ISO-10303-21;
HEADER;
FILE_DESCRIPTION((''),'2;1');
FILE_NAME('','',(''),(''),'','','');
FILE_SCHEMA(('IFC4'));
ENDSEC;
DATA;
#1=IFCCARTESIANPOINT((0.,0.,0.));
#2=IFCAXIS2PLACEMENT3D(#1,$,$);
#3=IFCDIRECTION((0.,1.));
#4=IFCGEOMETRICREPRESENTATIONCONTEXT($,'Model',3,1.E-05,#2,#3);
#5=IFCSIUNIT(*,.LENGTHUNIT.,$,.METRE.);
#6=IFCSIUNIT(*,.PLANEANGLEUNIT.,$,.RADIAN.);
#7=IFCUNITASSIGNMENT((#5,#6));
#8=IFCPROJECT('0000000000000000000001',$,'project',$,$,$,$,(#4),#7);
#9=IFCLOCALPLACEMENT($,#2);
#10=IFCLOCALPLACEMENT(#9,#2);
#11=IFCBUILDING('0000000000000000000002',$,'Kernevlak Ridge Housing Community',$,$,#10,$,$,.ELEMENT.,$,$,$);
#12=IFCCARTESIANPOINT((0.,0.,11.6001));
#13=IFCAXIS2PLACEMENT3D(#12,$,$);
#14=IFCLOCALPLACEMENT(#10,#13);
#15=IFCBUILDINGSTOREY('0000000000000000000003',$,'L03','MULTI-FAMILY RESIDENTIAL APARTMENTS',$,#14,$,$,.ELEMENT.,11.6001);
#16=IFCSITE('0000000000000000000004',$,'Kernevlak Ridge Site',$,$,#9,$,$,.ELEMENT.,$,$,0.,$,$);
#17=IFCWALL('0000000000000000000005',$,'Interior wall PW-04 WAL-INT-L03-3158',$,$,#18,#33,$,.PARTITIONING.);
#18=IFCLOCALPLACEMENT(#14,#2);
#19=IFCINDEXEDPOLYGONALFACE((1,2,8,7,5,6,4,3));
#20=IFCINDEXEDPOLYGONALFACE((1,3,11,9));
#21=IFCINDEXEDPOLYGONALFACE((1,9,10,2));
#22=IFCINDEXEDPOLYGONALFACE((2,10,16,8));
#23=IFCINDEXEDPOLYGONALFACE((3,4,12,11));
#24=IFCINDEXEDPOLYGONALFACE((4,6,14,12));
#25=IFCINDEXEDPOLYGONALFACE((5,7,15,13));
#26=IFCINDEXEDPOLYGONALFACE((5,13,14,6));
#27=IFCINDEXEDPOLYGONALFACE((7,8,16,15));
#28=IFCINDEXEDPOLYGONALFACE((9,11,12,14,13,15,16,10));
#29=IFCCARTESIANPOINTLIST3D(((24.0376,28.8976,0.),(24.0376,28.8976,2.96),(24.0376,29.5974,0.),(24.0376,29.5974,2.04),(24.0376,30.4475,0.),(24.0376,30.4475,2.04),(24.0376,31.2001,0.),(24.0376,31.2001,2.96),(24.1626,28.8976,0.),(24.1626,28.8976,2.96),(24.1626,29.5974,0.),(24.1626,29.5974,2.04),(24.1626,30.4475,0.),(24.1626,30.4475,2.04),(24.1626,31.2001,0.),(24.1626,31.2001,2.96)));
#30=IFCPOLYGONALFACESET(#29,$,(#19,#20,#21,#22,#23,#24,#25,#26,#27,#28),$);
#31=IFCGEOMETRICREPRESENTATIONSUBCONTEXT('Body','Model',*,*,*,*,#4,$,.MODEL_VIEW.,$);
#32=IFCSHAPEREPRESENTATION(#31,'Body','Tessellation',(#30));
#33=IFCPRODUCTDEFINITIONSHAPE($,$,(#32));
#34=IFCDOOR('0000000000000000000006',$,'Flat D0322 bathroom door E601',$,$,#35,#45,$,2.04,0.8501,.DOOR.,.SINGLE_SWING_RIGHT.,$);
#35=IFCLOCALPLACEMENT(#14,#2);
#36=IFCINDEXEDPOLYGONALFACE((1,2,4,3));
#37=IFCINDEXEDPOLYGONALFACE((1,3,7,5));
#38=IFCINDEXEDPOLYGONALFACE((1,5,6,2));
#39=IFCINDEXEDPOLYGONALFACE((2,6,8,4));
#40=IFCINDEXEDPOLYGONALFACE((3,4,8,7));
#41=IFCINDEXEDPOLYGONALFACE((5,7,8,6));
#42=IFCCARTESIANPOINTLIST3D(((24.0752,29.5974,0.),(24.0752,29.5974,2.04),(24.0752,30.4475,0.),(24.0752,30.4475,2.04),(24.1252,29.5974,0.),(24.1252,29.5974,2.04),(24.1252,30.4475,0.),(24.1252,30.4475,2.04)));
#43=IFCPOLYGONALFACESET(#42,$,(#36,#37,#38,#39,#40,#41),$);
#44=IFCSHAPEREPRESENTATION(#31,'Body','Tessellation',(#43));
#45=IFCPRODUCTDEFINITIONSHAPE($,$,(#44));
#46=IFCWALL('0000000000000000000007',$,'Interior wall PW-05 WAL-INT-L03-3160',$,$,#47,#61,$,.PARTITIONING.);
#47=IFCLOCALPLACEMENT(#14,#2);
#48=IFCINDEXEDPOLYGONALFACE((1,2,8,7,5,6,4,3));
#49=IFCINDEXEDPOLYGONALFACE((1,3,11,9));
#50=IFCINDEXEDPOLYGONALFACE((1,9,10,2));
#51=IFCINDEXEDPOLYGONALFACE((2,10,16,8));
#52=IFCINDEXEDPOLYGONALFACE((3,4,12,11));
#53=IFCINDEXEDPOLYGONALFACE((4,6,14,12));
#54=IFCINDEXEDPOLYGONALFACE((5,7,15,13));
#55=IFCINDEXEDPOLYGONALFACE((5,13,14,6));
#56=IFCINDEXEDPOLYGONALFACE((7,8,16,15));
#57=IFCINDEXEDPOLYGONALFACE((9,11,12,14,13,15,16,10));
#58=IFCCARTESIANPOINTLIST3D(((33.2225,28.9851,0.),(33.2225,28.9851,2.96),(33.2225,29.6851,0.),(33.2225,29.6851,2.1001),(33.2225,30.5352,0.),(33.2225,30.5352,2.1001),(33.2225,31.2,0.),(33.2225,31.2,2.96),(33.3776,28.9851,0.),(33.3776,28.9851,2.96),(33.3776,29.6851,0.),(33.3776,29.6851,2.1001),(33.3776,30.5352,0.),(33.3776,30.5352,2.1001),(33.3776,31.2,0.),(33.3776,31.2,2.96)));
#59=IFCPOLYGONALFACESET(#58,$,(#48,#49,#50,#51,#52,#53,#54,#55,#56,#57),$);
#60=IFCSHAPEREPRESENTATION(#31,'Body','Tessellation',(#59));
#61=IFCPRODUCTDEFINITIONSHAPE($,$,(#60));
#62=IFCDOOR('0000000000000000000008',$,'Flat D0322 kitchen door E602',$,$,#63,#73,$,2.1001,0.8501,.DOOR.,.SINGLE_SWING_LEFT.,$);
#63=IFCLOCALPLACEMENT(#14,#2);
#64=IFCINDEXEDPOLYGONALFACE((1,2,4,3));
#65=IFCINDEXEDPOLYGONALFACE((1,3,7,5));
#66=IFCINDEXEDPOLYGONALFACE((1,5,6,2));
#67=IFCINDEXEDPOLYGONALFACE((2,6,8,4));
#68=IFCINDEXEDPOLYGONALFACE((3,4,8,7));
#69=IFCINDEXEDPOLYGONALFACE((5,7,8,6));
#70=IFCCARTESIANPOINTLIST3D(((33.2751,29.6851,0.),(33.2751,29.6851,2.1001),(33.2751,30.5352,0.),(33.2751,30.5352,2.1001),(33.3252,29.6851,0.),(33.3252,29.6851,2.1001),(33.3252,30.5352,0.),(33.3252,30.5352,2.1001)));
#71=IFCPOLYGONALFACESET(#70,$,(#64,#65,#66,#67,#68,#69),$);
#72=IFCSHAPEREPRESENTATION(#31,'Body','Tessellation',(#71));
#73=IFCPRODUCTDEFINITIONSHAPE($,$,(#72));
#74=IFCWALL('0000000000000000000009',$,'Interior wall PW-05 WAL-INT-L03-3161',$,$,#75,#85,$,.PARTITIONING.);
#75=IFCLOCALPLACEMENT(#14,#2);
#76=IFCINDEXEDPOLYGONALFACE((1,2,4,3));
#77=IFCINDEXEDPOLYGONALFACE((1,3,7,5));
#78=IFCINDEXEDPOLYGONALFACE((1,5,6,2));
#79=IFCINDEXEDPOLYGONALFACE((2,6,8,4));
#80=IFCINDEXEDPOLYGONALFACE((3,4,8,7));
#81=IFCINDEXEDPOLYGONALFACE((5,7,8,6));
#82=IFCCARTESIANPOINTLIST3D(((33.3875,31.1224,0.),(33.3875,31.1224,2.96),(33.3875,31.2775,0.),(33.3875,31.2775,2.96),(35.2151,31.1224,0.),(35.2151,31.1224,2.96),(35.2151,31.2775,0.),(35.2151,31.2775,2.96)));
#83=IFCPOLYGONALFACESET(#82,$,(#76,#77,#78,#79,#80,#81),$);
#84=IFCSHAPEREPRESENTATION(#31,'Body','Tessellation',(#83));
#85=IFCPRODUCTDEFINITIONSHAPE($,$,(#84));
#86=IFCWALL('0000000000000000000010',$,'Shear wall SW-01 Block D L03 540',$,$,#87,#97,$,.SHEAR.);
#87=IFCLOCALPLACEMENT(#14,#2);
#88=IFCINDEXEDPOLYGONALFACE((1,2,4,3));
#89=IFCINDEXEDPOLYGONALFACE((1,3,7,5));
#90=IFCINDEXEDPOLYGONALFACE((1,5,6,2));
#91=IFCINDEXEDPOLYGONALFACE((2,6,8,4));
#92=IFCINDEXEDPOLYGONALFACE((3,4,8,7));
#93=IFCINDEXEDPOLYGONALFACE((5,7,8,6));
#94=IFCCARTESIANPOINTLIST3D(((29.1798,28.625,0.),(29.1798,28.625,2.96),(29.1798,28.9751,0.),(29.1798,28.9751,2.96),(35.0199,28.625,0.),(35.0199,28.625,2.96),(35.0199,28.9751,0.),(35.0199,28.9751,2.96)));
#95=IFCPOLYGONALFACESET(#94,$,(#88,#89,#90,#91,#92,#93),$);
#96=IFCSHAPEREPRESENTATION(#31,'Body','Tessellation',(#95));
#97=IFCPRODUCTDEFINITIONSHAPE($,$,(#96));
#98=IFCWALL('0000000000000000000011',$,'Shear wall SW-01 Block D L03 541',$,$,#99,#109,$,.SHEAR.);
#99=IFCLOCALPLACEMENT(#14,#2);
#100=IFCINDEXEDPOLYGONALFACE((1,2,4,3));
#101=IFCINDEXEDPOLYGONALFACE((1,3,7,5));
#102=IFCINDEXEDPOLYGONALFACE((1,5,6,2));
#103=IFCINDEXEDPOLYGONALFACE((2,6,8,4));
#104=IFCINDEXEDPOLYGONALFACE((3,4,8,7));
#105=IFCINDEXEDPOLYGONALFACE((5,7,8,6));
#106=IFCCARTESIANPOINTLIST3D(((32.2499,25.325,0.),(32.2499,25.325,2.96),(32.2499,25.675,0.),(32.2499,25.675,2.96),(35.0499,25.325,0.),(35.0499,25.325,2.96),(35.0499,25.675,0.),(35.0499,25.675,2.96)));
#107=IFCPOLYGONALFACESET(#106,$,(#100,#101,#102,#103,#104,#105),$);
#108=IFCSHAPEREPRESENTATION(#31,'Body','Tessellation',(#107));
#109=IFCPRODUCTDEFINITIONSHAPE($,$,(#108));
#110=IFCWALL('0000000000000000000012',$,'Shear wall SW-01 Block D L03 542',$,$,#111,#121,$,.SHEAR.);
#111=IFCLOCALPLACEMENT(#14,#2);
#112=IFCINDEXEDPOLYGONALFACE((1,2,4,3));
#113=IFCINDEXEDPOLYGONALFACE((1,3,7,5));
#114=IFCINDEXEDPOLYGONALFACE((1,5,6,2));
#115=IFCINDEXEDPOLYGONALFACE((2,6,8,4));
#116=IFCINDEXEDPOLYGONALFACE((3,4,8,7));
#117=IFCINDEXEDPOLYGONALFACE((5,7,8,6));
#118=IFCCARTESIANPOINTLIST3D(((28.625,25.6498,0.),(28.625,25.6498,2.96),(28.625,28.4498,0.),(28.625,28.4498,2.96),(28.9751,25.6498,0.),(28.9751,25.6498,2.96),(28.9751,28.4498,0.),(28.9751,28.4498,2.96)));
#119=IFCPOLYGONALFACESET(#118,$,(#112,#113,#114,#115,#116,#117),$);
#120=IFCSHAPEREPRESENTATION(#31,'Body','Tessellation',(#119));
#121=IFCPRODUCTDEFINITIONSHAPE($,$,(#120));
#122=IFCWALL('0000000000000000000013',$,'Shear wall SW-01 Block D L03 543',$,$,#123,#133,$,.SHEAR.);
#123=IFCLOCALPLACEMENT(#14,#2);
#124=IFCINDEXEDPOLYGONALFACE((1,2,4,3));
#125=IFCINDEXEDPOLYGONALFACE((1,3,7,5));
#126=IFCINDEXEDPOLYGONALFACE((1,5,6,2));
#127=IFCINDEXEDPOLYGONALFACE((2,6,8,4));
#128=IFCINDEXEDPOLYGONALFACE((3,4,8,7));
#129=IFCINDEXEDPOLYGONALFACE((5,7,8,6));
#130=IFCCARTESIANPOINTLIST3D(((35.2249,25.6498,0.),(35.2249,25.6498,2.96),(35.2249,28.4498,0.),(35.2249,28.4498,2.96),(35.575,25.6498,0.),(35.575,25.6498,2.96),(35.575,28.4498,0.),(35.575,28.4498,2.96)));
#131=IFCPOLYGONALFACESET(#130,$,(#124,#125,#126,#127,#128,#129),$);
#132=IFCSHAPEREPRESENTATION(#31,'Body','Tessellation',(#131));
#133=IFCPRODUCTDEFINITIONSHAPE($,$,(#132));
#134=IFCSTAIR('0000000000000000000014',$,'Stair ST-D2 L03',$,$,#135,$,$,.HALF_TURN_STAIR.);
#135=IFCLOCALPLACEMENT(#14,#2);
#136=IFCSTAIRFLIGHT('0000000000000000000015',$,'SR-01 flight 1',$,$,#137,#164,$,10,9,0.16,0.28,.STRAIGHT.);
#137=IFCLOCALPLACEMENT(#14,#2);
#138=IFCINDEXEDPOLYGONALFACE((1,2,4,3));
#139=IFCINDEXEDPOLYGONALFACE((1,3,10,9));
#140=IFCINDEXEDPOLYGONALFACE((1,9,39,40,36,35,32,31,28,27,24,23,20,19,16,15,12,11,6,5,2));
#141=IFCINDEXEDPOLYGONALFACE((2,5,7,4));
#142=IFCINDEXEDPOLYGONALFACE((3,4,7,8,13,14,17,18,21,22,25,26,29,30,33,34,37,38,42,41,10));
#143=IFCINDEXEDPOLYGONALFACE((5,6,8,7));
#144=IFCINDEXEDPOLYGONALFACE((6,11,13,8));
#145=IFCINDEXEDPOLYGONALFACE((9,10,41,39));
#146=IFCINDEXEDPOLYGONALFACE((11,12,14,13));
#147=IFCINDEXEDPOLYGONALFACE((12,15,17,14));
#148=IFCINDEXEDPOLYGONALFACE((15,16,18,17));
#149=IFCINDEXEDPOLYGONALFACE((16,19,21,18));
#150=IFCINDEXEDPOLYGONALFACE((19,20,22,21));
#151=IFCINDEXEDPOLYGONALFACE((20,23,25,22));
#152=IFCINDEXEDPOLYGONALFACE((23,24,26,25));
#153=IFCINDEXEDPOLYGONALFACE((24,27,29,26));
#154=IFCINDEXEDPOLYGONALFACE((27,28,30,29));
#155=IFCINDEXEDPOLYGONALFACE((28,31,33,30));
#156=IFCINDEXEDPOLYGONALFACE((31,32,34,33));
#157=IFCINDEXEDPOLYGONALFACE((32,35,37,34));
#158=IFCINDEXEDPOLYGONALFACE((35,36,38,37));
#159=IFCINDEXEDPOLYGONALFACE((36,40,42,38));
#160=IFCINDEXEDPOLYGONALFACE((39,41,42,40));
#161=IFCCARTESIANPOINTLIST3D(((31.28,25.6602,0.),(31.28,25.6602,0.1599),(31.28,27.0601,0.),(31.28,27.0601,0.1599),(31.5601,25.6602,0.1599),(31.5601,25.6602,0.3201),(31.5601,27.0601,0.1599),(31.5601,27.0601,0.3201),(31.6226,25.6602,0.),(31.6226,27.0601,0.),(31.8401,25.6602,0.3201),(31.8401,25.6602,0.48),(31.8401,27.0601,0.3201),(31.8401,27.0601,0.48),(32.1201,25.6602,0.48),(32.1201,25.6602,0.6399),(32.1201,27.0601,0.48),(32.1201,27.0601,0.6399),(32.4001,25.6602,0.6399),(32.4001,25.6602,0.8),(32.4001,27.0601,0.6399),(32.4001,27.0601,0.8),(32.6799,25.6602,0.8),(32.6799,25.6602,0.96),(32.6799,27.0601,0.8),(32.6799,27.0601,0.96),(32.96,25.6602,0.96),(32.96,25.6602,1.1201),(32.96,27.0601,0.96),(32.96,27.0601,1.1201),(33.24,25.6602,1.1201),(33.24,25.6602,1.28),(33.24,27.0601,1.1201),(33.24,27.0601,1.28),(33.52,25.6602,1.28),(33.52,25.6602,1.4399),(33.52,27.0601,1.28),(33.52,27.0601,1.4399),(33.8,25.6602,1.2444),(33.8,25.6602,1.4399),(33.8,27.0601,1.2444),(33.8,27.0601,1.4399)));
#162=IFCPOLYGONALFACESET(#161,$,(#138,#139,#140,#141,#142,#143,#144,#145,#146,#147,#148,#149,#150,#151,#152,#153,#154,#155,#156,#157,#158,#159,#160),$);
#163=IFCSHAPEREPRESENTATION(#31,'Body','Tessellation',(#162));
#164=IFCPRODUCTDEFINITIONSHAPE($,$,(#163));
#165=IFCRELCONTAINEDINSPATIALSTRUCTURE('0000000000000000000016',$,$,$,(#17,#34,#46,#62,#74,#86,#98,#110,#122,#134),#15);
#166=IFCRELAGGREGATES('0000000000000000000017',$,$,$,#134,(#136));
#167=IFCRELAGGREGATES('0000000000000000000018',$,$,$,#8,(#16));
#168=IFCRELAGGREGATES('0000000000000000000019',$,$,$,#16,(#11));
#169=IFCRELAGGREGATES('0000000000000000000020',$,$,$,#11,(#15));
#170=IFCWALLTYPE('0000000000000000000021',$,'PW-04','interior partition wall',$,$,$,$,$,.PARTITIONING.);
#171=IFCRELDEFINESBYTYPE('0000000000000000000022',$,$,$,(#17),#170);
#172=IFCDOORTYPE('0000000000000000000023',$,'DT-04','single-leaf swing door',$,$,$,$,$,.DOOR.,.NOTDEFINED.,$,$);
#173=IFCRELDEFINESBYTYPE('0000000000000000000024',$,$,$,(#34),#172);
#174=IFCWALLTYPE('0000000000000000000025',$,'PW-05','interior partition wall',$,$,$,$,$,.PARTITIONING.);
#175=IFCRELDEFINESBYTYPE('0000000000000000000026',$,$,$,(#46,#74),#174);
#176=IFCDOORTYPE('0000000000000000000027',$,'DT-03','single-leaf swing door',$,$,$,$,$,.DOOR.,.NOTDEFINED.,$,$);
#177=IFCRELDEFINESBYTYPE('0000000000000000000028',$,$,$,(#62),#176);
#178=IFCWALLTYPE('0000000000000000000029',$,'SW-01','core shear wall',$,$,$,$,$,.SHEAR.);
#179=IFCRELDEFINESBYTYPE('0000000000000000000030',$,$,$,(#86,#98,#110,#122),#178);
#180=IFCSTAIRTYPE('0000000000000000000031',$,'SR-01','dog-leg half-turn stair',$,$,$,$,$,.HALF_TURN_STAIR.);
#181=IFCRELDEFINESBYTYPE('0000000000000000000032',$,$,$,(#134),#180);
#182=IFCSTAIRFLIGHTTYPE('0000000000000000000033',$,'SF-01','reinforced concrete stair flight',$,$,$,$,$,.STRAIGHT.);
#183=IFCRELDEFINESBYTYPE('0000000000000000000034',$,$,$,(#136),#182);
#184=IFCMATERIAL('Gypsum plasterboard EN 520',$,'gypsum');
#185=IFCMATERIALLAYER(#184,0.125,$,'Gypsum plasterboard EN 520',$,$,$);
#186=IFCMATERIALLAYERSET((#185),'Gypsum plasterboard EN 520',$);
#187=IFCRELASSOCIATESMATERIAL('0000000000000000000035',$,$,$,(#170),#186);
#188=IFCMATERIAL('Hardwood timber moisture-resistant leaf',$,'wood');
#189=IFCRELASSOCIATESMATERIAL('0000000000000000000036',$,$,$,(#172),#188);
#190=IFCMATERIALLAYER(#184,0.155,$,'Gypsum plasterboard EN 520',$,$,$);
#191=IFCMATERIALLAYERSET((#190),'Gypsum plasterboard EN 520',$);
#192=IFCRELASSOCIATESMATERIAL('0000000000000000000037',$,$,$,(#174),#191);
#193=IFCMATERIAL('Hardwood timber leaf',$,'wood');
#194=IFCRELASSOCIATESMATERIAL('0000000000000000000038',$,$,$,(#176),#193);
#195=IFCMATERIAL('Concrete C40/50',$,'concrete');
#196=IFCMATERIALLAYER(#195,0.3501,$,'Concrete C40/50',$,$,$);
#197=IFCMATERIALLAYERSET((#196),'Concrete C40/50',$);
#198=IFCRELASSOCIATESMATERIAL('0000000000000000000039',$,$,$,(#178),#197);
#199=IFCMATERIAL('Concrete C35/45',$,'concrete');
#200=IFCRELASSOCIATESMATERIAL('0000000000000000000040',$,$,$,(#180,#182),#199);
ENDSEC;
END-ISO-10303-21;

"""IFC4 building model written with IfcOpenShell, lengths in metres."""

from ifc_helpers import new_model, si_unit, direction, frame, frame_2d, origin, place, context, subcontext, project, spatial, polyline, rectangle, outline, extrude, material, layer, layer_set, type_object, element, fill, aggregate, save


model = new_model("IFC4")

# Units and contexts
model_context = context("Model", 3, precision=1e-05, world=origin(), true_north=direction((0.0, 1.0)))
body_context = subcontext(model_context, "Body", "Model", "MODEL_VIEW")
ifc_project = project(units=[si_unit("LENGTHUNIT", "METRE"), si_unit("PLANEANGLEUNIT", "RADIAN")], contexts=[model_context])

# Site, building, storey
site_placement = place(None, origin())
site = spatial("IfcSite", under=ifc_project, at=site_placement, Name="Kernevlak Ridge Site", CompositionType="ELEMENT", RefElevation=0.0)
building_placement = place(site_placement, origin())
building = spatial("IfcBuilding", under=site, at=building_placement, Name="Kernevlak Ridge Housing Community", CompositionType="ELEMENT")
storey_placement = place(building_placement, frame((0.0, 0.0, 11.6001)))
storey = spatial("IfcBuildingStorey", under=building, at=storey_placement, Name="L03", Description="MULTI-FAMILY RESIDENTIAL APARTMENTS", CompositionType="ELEMENT", Elevation=11.6001)

# Shared definitions
ifc_material_1 = material(Name="Concrete C35/45", Category="concrete")

# Shared definitions
ifc_material_2 = material(Name="Hardwood timber leaf", Category="wood")

# Walls, openings, doors
ifc_material_3 = material(Name="Gypsum plasterboard EN 520", Category="gypsum")
ifc_layer_1 = layer(ifc_material_3, 0.125, Name="Gypsum plasterboard EN 520")
ifc_layer_set_1 = layer_set([ifc_layer_1], Name="Gypsum plasterboard EN 520")
wall_type_1 = type_object("IfcWallType", Name="PW-04", Description="interior partition wall", PredefinedType="PARTITIONING", material=ifc_layer_set_1)
wall_1_placement = place(storey_placement, frame((24.1001, 28.8975, 0.0), z_axis=(0.0, 0.0, 1.0), x_axis=(0.0, 1.0, 0.0)))
wall_1 = element("IfcWall", 1, at=wall_1_placement, inside=storey, type_object=wall_type_1, Name="Interior wall PW-04 WAL-INT-L03-3158", PredefinedType="PARTITIONING", context=body_context, shape_type="SweptSolid", body=[
    extrude(rectangle(XDim=2.3025, YDim=0.125, at=frame_2d((1.1514, 0.0))), origin(), (0.0, 0.0, 1.0), 2.96),
])
opening_1_placement = place(wall_1_placement, frame((0.7, 0.0, 0.0)))
opening_1 = element("IfcOpeningElement", 2, at=opening_1_placement, cuts=wall_1, PredefinedType="OPENING", context=body_context, shape_type="SweptSolid", body=[
    extrude(rectangle(XDim=0.8501, YDim=2.04, at=frame_2d((0.425, 1.02))), frame((0.0, 0.0725, 0.0), z_axis=(0.0, -1.0, 0.0), x_axis=(1.0, 0.0, 0.0)), (0.0, 0.0, 1.0), 0.145),
])
ifc_material_4 = material(Name="Hardwood timber moisture-resistant leaf", Category="wood")
door_type_1 = type_object("IfcDoorType", Name="DT-04", Description="single-leaf swing door", OperationType="NOTDEFINED", PredefinedType="DOOR", material=ifc_material_4)
door_1_placement = place(opening_1_placement, origin())
door_1 = element("IfcDoor", 3, at=door_1_placement, inside=storey, type_object=door_type_1, Name="Flat D0322 bathroom door E601", OperationType="SINGLE_SWING_RIGHT", OverallHeight=2.04, OverallWidth=0.8501, PredefinedType="DOOR", context=body_context, shape_type="SweptSolid", body=[
    extrude(rectangle(XDim=0.8501, YDim=2.04, at=frame_2d((0.425, 1.02))), frame((0.0, 0.0249, 0.0), z_axis=(0.0, -1.0, 0.0), x_axis=(1.0, 0.0, 0.0)), (0.0, 0.0, 1.0), 0.05),
])
fill(opening_1, door_1)
ifc_layer_2 = layer(ifc_material_3, 0.155, Name="Gypsum plasterboard EN 520")
ifc_layer_set_2 = layer_set([ifc_layer_2], Name="Gypsum plasterboard EN 520")
wall_type_2 = type_object("IfcWallType", Name="PW-05", Description="interior partition wall", PredefinedType="PARTITIONING", material=ifc_layer_set_2)
wall_2_placement = place(storey_placement, frame((33.3, 28.9851, 0.0), z_axis=(0.0, 0.0, 1.0), x_axis=(0.0, 1.0, 0.0)))
wall_2 = element("IfcWall", 4, at=wall_2_placement, inside=storey, type_object=wall_type_2, Name="Interior wall PW-05 WAL-INT-L03-3160", PredefinedType="PARTITIONING", context=body_context, shape_type="SweptSolid", body=[
    extrude(rectangle(XDim=2.2148, YDim=0.155, at=frame_2d((1.1074, 0.0))), origin(), (0.0, 0.0, 1.0), 2.96),
])
opening_2_placement = place(wall_2_placement, frame((0.7, 0.0, 0.0)))
opening_2 = element("IfcOpeningElement", 5, at=opening_2_placement, cuts=wall_2, PredefinedType="OPENING", context=body_context, shape_type="SweptSolid", body=[
    extrude(rectangle(XDim=0.8501, YDim=2.1001, at=frame_2d((0.425, 1.05))), frame((0.0, 0.0874, 0.0), z_axis=(0.0, -1.0, 0.0), x_axis=(1.0, 0.0, 0.0)), (0.0, 0.0, 1.0), 0.175),
])
door_type_2 = type_object("IfcDoorType", Name="DT-03", Description="single-leaf swing door", OperationType="NOTDEFINED", PredefinedType="DOOR", material=ifc_material_2)
door_2_placement = place(opening_2_placement, origin())
door_2 = element("IfcDoor", 6, at=door_2_placement, inside=storey, type_object=door_type_2, Name="Flat D0322 kitchen door E602", OperationType="SINGLE_SWING_LEFT", OverallHeight=2.1001, OverallWidth=0.8501, PredefinedType="DOOR", context=body_context, shape_type="SweptSolid", body=[
    extrude(rectangle(XDim=0.8501, YDim=2.1001, at=frame_2d((0.425, 1.05))), frame((0.0, 0.0249, 0.0), z_axis=(0.0, -1.0, 0.0), x_axis=(1.0, 0.0, 0.0)), (0.0, 0.0, 1.0), 0.05),
])
fill(opening_2, door_2)

# Wall
wall_3_placement = place(storey_placement, frame((33.3875, 31.2, 0.0), z_axis=(0.0, 0.0, 1.0), x_axis=(1.0, 0.0, 0.0)))
element("IfcWall", 7, at=wall_3_placement, inside=storey, type_object=wall_type_2, Name="Interior wall PW-05 WAL-INT-L03-3161", PredefinedType="PARTITIONING", context=body_context, shape_type="SweptSolid", body=[
    extrude(rectangle(XDim=1.8276, YDim=0.155, at=frame_2d((0.9138, 0.0))), origin(), (0.0, 0.0, 1.0), 2.96),
])

# Walls
ifc_material_5 = material(Name="Concrete C40/50", Category="concrete")
ifc_layer_3 = layer(ifc_material_5, 0.3501, Name="Concrete C40/50")
ifc_layer_set_3 = layer_set([ifc_layer_3], Name="Concrete C40/50")
wall_type_3 = type_object("IfcWallType", Name="SW-01", Description="core shear wall", PredefinedType="SHEAR", material=ifc_layer_set_3)
wall_4_placement = place(storey_placement, frame((29.1799, 28.8, 0.0), z_axis=(0.0, 0.0, 1.0), x_axis=(1.0, 0.0, 0.0)))
element("IfcWall", 8, at=wall_4_placement, inside=storey, type_object=wall_type_3, Name="Shear wall SW-01 Block D L03 540", PredefinedType="SHEAR", context=body_context, shape_type="SweptSolid", body=[
    extrude(rectangle(XDim=5.8401, YDim=0.3501, at=frame_2d((2.9199, 0.0))), origin(), (0.0, 0.0, 1.0), 2.96),
])
for number, where, z_axis, x_axis, name in (
    (9, (32.25, 25.5, 0.0), (0.0, 0.0, 1.0), (1.0, 0.0, 0.0), "Shear wall SW-01 Block D L03 541"),
    (10, (28.8, 25.6499, 0.0), (0.0, 0.0, 1.0), (0.0, 1.0, 0.0), "Shear wall SW-01 Block D L03 542"),
    (11, (35.3999, 25.6499, 0.0), (0.0, 0.0, 1.0), (0.0, 1.0, 0.0), "Shear wall SW-01 Block D L03 543"),
):
    element("IfcWall", number, at=place(storey_placement, frame(where, z_axis=z_axis, x_axis=x_axis)), inside=storey, type_object=wall_type_3, Name=name, PredefinedType="SHEAR", context=body_context, shape_type="SweptSolid", body=[
        extrude(rectangle(XDim=2.8, YDim=0.3501, at=frame_2d((1.3999, 0.0))), origin(), (0.0, 0.0, 1.0), 2.96),
    ])

# Stair, stair flight
stair_type = type_object("IfcStairType", Name="SR-01", Description="dog-leg half-turn stair", PredefinedType="HALF_TURN_STAIR", material=ifc_material_1)
stair_placement = place(storey_placement, origin())
stair = element("IfcStair", 12, at=stair_placement, inside=storey, type_object=stair_type, Name="Stair ST-D2 L03", PredefinedType="HALF_TURN_STAIR")
stair_flight_type = type_object("IfcStairFlightType", Name="SF-01", Description="reinforced concrete stair flight", PredefinedType="STRAIGHT", material=ifc_material_1)
stair_flight_1_placement = place(storey_placement, frame((31.28, 26.3601, 0.0), z_axis=(0.0, 0.0, 1.0), x_axis=(1.0, 0.0, 0.0)))
stair_flight_1 = element("IfcStairFlight", 13, at=stair_flight_1_placement, type_object=stair_flight_type, Name="SR-01 flight 1", NumberOfRisers=10, NumberOfTreads=9, PredefinedType="STRAIGHT", RiserHeight=0.16, TreadLength=0.28, context=body_context, shape_type="SweptSolid", body=[
    extrude(outline(polyline([(0.0, 0.0), (0.0, 0.1599), (0.28, 0.1599), (0.28, 0.3201), (0.5601, 0.3201), (0.5601, 0.48), (0.8401, 0.48), (0.8401, 0.6399), (1.1201, 0.6399), (1.1201, 0.8), (1.3999, 0.8), (1.3999, 0.96), (1.6799, 0.96), (1.6799, 1.1201), (1.96, 1.1201), (1.96, 1.28), (2.24, 1.28), (2.24, 1.4399), (2.52, 1.4399), (2.52, 1.6001), (2.52, 1.2444), (0.3425, 0.0), (0.0, 0.0)])), frame((0.0, 0.7, 0.0), z_axis=(0.0, -1.0, 0.0), x_axis=(1.0, 0.0, 0.0)), (0.0, 0.0, 1.0), 1.3999),
])
aggregate(stair, [stair_flight_1])

save(model, "model.ifc")
